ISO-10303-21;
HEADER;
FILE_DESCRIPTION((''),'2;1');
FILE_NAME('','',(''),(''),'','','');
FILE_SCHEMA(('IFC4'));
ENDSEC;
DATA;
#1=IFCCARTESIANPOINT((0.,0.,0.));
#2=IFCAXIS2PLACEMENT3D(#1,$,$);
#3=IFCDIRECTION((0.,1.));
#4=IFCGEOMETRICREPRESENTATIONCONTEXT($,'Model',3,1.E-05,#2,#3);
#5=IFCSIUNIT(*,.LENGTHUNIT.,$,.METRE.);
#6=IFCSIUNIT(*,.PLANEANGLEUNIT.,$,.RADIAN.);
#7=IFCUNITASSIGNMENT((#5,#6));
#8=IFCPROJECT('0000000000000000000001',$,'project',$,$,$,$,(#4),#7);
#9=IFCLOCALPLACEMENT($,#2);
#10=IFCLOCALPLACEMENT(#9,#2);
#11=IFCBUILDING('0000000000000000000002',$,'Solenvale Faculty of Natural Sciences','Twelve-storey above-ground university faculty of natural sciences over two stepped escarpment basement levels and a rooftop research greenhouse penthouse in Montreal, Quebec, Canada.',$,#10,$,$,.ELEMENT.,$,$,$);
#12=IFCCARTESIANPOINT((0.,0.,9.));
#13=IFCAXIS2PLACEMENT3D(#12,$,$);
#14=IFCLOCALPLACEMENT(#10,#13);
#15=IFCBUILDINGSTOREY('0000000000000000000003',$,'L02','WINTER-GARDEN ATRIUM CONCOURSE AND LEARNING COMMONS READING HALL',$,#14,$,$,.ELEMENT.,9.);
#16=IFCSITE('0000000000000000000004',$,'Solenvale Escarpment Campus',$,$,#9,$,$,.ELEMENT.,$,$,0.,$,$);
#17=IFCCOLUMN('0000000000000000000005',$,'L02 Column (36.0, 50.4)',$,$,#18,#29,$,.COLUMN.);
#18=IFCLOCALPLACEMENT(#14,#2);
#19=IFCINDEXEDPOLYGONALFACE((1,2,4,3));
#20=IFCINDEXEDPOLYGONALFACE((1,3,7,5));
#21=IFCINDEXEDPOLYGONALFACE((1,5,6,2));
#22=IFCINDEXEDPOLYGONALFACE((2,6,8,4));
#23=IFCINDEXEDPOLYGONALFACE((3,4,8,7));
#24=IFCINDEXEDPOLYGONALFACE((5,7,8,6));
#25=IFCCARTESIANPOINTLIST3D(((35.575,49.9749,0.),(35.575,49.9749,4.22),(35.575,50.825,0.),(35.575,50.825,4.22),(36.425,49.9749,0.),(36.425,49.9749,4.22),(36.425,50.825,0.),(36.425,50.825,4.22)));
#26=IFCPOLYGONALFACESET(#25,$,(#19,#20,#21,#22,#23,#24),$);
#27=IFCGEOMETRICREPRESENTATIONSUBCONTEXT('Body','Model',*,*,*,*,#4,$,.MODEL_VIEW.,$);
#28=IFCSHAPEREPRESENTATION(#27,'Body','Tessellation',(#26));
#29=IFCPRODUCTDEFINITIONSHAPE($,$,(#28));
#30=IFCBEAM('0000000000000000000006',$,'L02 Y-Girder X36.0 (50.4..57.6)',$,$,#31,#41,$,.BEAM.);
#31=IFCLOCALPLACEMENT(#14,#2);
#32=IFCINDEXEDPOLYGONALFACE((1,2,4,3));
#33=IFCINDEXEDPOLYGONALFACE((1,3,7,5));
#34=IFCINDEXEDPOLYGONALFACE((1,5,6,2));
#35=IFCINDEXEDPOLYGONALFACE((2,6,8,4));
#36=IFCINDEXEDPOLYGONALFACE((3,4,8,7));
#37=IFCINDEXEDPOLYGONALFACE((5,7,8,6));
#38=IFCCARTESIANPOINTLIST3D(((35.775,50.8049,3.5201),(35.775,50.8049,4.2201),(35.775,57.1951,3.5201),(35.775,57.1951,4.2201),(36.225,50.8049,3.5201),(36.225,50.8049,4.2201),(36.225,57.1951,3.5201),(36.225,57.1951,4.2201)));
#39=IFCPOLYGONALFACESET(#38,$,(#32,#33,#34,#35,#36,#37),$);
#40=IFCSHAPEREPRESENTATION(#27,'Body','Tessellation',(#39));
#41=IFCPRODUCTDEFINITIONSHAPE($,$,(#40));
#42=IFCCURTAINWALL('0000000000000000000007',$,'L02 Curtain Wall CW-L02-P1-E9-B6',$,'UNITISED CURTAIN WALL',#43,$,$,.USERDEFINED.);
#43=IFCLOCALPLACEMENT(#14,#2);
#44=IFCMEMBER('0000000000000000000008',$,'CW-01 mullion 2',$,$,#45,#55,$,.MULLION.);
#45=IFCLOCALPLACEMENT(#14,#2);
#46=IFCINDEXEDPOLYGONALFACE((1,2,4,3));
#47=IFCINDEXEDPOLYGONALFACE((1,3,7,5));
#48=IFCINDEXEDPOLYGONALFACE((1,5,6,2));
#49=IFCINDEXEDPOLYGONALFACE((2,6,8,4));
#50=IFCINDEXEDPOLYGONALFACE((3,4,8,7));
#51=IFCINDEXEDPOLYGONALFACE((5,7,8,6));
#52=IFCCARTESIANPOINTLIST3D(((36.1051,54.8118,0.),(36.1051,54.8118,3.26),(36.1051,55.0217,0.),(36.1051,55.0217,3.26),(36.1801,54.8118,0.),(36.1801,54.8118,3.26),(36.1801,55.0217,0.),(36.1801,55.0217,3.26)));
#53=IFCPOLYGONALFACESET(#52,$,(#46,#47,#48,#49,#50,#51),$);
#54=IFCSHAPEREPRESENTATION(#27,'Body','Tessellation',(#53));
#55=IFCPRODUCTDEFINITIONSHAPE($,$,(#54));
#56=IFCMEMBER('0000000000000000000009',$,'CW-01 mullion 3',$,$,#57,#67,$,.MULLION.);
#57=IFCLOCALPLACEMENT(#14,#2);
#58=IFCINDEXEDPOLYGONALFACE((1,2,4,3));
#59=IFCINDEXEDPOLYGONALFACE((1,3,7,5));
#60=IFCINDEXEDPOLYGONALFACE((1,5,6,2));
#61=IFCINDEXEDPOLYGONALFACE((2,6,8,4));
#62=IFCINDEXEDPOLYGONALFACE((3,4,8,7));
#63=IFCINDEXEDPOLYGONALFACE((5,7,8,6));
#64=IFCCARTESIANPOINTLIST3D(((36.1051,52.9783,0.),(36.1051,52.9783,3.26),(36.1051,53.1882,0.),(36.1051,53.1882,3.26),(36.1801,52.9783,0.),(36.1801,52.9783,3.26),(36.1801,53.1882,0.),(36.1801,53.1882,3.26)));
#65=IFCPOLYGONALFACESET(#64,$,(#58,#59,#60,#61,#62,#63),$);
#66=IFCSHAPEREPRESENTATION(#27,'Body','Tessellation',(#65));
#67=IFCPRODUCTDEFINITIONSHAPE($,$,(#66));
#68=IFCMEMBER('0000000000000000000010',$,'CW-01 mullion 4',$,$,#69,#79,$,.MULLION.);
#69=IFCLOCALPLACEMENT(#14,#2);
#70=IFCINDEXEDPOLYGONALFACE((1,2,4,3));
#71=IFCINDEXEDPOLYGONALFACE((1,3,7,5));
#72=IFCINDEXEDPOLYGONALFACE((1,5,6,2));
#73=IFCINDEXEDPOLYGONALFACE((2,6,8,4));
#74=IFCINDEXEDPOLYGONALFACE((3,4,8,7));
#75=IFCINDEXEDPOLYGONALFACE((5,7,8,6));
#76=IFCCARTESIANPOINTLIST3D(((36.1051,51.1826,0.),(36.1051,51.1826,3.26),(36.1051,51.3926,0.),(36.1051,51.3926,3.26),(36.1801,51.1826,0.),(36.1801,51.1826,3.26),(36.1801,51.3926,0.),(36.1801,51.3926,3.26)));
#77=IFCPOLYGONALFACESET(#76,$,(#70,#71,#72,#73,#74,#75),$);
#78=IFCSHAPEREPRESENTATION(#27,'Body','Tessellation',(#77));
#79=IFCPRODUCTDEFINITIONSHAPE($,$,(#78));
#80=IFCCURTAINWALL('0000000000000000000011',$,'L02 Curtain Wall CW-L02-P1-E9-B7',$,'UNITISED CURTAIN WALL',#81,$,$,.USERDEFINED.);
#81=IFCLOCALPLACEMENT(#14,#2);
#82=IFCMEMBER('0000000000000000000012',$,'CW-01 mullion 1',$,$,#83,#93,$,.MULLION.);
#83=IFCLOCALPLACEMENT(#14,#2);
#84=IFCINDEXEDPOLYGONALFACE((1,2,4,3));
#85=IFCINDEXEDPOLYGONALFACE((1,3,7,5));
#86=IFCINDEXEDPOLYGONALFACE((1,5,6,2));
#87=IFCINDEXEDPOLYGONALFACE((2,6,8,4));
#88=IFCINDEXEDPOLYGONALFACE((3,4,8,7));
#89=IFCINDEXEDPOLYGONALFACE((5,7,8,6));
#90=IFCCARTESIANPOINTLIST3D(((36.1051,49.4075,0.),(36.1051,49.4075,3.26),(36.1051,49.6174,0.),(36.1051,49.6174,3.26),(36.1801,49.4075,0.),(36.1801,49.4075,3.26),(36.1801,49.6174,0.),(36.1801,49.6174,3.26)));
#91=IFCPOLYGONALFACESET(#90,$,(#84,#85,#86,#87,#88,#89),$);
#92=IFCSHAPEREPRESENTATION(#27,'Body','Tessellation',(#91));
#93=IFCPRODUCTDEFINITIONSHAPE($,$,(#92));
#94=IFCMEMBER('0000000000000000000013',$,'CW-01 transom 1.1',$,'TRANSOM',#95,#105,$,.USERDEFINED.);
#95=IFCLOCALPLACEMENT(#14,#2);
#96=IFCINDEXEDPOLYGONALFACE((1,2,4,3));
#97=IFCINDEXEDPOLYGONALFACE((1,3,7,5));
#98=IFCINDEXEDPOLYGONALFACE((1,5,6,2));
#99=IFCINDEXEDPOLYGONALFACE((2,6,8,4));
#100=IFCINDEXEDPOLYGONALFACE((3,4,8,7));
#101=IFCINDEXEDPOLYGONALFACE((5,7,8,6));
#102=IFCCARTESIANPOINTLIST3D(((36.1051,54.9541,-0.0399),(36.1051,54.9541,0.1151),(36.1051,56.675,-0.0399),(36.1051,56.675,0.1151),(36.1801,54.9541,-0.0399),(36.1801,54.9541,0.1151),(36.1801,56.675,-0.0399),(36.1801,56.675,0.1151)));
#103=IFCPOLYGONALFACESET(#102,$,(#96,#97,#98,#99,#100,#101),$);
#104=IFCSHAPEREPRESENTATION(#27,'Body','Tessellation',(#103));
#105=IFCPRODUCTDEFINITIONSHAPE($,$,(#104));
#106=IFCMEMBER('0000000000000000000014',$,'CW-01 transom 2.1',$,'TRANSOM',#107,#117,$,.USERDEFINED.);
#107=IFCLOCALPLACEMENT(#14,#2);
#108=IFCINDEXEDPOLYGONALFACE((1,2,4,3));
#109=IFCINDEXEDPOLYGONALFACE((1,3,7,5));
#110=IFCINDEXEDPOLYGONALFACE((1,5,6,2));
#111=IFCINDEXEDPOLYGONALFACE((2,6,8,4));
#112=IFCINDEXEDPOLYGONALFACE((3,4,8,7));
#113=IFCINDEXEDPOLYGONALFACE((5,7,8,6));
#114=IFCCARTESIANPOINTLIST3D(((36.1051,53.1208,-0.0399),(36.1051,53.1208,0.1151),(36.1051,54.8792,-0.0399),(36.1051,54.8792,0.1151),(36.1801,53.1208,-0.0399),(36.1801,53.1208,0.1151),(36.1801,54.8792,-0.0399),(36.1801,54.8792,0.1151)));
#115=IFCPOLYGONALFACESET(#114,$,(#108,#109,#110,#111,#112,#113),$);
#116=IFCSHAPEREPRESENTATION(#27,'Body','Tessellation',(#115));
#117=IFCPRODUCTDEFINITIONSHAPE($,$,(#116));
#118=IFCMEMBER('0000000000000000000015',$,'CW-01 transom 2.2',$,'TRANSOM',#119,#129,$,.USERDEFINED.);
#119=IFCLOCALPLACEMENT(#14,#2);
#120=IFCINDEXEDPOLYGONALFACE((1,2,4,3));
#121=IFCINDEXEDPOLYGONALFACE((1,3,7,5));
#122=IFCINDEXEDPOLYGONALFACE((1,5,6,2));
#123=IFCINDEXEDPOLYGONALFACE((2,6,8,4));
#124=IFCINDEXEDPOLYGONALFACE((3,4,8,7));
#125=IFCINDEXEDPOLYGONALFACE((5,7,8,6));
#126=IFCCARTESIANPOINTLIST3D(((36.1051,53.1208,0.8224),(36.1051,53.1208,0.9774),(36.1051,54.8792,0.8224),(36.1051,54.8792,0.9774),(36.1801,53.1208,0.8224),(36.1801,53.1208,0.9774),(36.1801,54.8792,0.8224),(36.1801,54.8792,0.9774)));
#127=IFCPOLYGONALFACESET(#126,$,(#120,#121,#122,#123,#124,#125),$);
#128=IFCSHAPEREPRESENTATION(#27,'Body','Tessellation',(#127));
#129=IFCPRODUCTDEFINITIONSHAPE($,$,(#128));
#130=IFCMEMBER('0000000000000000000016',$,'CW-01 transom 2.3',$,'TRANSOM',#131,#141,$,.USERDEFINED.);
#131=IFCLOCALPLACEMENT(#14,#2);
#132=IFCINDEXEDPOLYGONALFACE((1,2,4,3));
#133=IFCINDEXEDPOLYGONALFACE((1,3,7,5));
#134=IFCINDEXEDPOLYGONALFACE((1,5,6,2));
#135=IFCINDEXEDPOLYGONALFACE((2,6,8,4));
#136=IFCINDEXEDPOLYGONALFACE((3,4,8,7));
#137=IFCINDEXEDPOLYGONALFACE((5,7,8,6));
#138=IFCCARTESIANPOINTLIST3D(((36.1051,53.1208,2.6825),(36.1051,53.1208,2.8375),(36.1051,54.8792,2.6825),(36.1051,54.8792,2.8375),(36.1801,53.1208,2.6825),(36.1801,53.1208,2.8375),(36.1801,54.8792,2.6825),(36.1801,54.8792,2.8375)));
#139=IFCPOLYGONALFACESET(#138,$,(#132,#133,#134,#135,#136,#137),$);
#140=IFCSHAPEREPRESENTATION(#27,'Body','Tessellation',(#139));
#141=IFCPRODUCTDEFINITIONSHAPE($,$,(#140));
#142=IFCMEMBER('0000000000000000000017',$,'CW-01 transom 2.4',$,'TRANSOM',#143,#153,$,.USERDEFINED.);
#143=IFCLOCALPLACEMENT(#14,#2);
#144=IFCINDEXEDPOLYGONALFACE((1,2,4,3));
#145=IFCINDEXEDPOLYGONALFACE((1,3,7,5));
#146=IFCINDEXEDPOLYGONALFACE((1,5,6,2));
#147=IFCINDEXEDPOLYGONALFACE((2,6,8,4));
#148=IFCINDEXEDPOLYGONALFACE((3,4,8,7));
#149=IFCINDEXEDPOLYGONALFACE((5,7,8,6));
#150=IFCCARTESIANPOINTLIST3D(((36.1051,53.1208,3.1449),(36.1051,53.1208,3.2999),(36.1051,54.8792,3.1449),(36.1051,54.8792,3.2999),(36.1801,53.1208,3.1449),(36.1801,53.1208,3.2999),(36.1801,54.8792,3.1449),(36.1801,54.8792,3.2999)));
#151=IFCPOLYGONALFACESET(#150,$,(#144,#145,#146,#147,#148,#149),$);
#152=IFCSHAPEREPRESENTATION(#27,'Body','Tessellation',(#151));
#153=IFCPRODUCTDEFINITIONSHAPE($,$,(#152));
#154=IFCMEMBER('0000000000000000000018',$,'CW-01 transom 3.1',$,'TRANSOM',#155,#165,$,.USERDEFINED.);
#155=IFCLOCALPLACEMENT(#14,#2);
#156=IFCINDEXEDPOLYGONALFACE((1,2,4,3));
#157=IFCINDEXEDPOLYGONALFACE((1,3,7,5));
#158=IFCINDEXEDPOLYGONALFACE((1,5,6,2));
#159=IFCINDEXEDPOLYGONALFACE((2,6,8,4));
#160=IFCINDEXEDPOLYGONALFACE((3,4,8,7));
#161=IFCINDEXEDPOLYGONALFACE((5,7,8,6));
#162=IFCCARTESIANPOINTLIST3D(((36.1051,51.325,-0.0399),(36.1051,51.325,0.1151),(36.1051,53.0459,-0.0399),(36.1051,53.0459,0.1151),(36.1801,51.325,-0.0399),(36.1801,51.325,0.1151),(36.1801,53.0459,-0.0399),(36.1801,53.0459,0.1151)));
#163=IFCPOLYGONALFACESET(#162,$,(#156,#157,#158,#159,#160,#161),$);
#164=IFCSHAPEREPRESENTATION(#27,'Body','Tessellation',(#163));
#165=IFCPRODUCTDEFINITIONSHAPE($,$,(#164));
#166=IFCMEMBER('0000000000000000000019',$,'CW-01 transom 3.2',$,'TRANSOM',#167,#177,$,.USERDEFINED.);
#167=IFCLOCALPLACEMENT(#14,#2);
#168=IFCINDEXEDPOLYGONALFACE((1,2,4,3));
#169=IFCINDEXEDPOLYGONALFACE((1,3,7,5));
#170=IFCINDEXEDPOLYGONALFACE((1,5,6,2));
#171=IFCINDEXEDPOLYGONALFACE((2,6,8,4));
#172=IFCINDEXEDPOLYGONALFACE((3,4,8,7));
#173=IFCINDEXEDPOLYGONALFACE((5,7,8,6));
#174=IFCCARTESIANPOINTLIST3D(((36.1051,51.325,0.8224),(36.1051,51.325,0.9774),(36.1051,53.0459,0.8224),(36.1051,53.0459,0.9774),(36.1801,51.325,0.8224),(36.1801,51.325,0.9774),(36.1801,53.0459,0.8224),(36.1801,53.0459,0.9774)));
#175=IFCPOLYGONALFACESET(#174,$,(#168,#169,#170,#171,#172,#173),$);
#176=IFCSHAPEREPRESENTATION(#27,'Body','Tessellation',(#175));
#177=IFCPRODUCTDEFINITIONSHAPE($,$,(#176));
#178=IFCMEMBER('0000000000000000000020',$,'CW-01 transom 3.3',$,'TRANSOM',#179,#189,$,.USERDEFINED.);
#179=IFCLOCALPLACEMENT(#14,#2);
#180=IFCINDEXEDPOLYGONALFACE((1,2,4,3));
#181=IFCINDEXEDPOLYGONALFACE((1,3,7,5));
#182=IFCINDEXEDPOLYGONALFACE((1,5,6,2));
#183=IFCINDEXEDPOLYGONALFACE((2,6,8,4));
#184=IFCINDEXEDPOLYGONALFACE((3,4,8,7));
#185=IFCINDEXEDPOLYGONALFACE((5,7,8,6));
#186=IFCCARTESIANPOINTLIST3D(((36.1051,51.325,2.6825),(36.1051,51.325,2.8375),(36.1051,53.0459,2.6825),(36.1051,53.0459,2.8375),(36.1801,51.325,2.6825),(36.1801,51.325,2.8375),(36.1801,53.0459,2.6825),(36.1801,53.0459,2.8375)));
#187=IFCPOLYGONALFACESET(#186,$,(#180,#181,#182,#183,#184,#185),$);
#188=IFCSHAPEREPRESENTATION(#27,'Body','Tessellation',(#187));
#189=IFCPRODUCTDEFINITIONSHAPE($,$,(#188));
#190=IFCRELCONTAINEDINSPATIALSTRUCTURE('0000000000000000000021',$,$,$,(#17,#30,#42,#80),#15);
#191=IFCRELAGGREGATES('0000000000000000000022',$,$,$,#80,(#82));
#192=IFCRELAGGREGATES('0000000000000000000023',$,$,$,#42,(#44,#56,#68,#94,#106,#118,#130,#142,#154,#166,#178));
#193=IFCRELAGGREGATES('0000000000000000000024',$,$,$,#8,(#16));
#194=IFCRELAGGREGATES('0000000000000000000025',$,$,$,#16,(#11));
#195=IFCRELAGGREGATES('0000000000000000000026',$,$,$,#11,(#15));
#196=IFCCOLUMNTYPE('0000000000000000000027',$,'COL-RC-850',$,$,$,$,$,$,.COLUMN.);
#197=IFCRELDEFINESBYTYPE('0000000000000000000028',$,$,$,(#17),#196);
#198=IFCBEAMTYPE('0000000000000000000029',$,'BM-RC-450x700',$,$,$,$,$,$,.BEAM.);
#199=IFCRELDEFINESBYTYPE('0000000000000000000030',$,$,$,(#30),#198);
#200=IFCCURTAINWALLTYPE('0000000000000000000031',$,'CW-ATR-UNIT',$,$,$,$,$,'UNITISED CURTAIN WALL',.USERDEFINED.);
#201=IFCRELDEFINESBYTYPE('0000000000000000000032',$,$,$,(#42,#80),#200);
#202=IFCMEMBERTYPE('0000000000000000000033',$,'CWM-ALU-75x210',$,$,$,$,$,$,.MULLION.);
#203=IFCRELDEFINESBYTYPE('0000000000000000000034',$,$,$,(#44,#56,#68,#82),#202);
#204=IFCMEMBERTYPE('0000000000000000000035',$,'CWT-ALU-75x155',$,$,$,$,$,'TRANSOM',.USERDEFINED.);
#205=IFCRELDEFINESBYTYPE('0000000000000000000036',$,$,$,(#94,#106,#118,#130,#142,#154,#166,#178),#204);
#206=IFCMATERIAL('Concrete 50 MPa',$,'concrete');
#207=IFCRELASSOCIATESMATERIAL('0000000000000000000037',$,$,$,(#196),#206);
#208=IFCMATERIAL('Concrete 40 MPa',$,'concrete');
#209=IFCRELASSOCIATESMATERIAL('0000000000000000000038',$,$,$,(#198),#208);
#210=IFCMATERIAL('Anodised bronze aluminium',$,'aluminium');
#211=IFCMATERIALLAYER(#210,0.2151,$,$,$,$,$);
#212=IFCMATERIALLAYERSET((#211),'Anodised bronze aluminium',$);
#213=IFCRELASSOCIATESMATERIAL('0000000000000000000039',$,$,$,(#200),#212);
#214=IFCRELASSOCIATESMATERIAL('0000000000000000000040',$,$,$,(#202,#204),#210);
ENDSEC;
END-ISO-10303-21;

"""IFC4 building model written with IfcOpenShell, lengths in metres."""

from ifc_helpers import new_model, si_unit, direction, frame, origin, origin_2d, place, context, subcontext, project, spatial, rectangle, extrude, material, layer, layer_set, material_profile, profile_set, type_object, element, aggregate, save


model = new_model("IFC4")

# Units and contexts
model_context = context("Model", 3, precision=1e-05, world=origin(), true_north=direction((0.0, 1.0)))
body_context = subcontext(model_context, "Body", "Model", "MODEL_VIEW")
ifc_project = project(units=[si_unit("LENGTHUNIT", "METRE"), si_unit("PLANEANGLEUNIT", "RADIAN")], contexts=[model_context])

# Site, building, storey
site_placement = place(None, origin())
site = spatial("IfcSite", under=ifc_project, at=site_placement, Name="Solenvale Escarpment Campus", CompositionType="ELEMENT", RefElevation=0.0)
building_placement = place(site_placement, origin())
building = spatial("IfcBuilding", under=site, at=building_placement, Name="Solenvale Faculty of Natural Sciences", Description="Twelve-storey above-ground university faculty of natural sciences over two stepped escarpment basement levels and a rooftop research greenhouse penthouse in Montreal, Quebec, Canada.", CompositionType="ELEMENT")
storey_placement = place(building_placement, frame((0.0, 0.0, 9.0)))
storey = spatial("IfcBuildingStorey", under=building, at=storey_placement, Name="L02", Description="WINTER-GARDEN ATRIUM CONCOURSE AND LEARNING COMMONS READING HALL", CompositionType="ELEMENT", Elevation=9.0)

# Column
ifc_material_1 = material(Name="Concrete 50 MPa", Category="concrete")
ifc_material_profile_1 = material_profile(ifc_material_1, rectangle(XDim=0.8501, YDim=0.8501, at=origin_2d()), Name="RC-COL-850x850")
ifc_profile_set_1 = profile_set([ifc_material_profile_1], Name="Concrete 50 MPa")
column_type = type_object("IfcColumnType", Name="COL-RC-850", PredefinedType="COLUMN", material=ifc_profile_set_1)
column_placement = place(storey_placement, frame((36.0, 50.3999, 0.0), z_axis=(0.0, 0.0, 1.0), x_axis=(1.0, 0.0, 0.0)))
element("IfcColumn", 1, at=column_placement, inside=storey, type_object=column_type, Name="L02 Column (36.0, 50.4)", PredefinedType="COLUMN", context=body_context, shape_type="SweptSolid", body=[
    extrude(rectangle(XDim=0.8501, YDim=0.8501, at=origin_2d()), origin(), (0.0, 0.0, 1.0), 4.22),
])

# Beam
ifc_material_2 = material(Name="Concrete 40 MPa", Category="concrete")
ifc_material_profile_2 = material_profile(ifc_material_2, rectangle(XDim=0.45, YDim=0.7, at=origin_2d()), Name="RC-BM-450x700")
ifc_profile_set_2 = profile_set([ifc_material_profile_2], Name="Concrete 40 MPa")
beam_type = type_object("IfcBeamType", Name="BM-RC-450x700", PredefinedType="BEAM", material=ifc_profile_set_2)
beam_placement = place(storey_placement, frame((36.0, 50.8049, 3.8701), z_axis=(0.0, 1.0, 0.0), x_axis=(-1.0, 0.0, 0.0)))
element("IfcBeam", 2, at=beam_placement, inside=storey, type_object=beam_type, Name="L02 Y-Girder X36.0 (50.4..57.6)", PredefinedType="BEAM", context=body_context, shape_type="SweptSolid", body=[
    extrude(rectangle(XDim=0.45, YDim=0.7, at=origin_2d()), origin(), (0.0, 0.0, 1.0), 6.3901),
])

# Curtain wall, members
ifc_material_3 = material(Name="Anodised bronze aluminium", Category="aluminium")
ifc_layer_1 = layer(ifc_material_3, 0.2151)
ifc_layer_set_1 = layer_set([ifc_layer_1], Name="Anodised bronze aluminium")
curtain_wall_type = type_object("IfcCurtainWallType", Name="CW-ATR-UNIT", ElementType="UNITISED CURTAIN WALL", PredefinedType="USERDEFINED", material=ifc_layer_set_1)
curtain_wall_1_placement = place(storey_placement, origin())
curtain_wall_1 = element("IfcCurtainWall", 3, at=curtain_wall_1_placement, inside=storey, type_object=curtain_wall_type, Name="L02 Curtain Wall CW-L02-P1-E9-B6", ObjectType="UNITISED CURTAIN WALL", PredefinedType="USERDEFINED")
ifc_material_profile_3 = material_profile(ifc_material_3, rectangle(XDim=0.075, YDim=0.21, at=origin_2d()), Name="ALU-MUL-75x210")
ifc_profile_set_3 = profile_set([ifc_material_profile_3], Name="Anodised bronze aluminium")
member_type_1 = type_object("IfcMemberType", Name="CWM-ALU-75x210", PredefinedType="MULLION", material=ifc_profile_set_3)
member_1_placement = place(storey_placement, frame((36.1426, 54.9167, 0.0), z_axis=(0.0, 0.0, 1.0), x_axis=(1.0, 0.0, 0.0)))
member_1 = element("IfcMember", 4, at=member_1_placement, type_object=member_type_1, Name="CW-01 mullion 2", PredefinedType="MULLION", context=body_context, shape_type="SweptSolid", body=[
    extrude(rectangle(XDim=0.075, YDim=0.21, at=origin_2d()), origin(), (0.0, 0.0, 1.0), 3.26),
])
member_2_placement = place(storey_placement, frame((36.1426, 53.0833, 0.0), z_axis=(0.0, 0.0, 1.0), x_axis=(1.0, 0.0, 0.0)))
member_2 = element("IfcMember", 5, at=member_2_placement, type_object=member_type_1, Name="CW-01 mullion 3", PredefinedType="MULLION", context=body_context, shape_type="SweptSolid", body=[
    extrude(rectangle(XDim=0.075, YDim=0.21, at=origin_2d()), origin(), (0.0, 0.0, 1.0), 3.26),
])
member_3_placement = place(storey_placement, frame((36.1426, 51.2876, 0.0), z_axis=(0.0, 0.0, 1.0), x_axis=(1.0, 0.0, 0.0)))
member_3 = element("IfcMember", 6, at=member_3_placement, type_object=member_type_1, Name="CW-01 mullion 4", PredefinedType="MULLION", context=body_context, shape_type="SweptSolid", body=[
    extrude(rectangle(XDim=0.075, YDim=0.21, at=origin_2d()), origin(), (0.0, 0.0, 1.0), 3.26),
])

# Curtain wall, member
curtain_wall_2_placement = place(storey_placement, origin())
curtain_wall_2 = element("IfcCurtainWall", 7, at=curtain_wall_2_placement, inside=storey, type_object=curtain_wall_type, Name="L02 Curtain Wall CW-L02-P1-E9-B7", ObjectType="UNITISED CURTAIN WALL", PredefinedType="USERDEFINED")
member_4_placement = place(storey_placement, frame((36.1426, 49.5125, 0.0), z_axis=(0.0, 0.0, 1.0), x_axis=(1.0, 0.0, 0.0)))
member_4 = element("IfcMember", 8, at=member_4_placement, type_object=member_type_1, Name="CW-01 mullion 1", PredefinedType="MULLION", context=body_context, shape_type="SweptSolid", body=[
    extrude(rectangle(XDim=0.075, YDim=0.21, at=origin_2d()), origin(), (0.0, 0.0, 1.0), 3.26),
])

# Members
ifc_material_profile_4 = material_profile(ifc_material_3, rectangle(XDim=0.075, YDim=0.155, at=origin_2d()), Name="ALU-TRN-75x155")
ifc_profile_set_4 = profile_set([ifc_material_profile_4], Name="Anodised bronze aluminium")
member_type_2 = type_object("IfcMemberType", Name="CWT-ALU-75x155", ElementType="TRANSOM", PredefinedType="USERDEFINED", material=ifc_profile_set_4)
member_5_placement = place(storey_placement, frame((36.1426, 56.675, 0.0376), z_axis=(0.0, -1.0, 0.0), x_axis=(1.0, 0.0, 0.0)))
member_5 = element("IfcMember", 9, at=member_5_placement, type_object=member_type_2, Name="CW-01 transom 1.1", ObjectType="TRANSOM", PredefinedType="USERDEFINED", context=body_context, shape_type="SweptSolid", body=[
    extrude(rectangle(XDim=0.075, YDim=0.155, at=origin_2d()), origin(), (0.0, 0.0, 1.0), 1.7209),
])
member_6_placement = place(storey_placement, frame((36.1426, 54.8792, 0.0376), z_axis=(0.0, -1.0, 0.0), x_axis=(1.0, 0.0, 0.0)))
member_6 = element("IfcMember", 10, at=member_6_placement, type_object=member_type_2, Name="CW-01 transom 2.1", ObjectType="TRANSOM", PredefinedType="USERDEFINED", context=body_context, shape_type="SweptSolid", body=[
    extrude(rectangle(XDim=0.075, YDim=0.155, at=origin_2d()), origin(), (0.0, 0.0, 1.0), 1.7583),
])
member_7_placement = place(storey_placement, frame((36.1426, 54.8792, 0.8999), z_axis=(0.0, -1.0, 0.0), x_axis=(1.0, 0.0, 0.0)))
member_7 = element("IfcMember", 11, at=member_7_placement, type_object=member_type_2, Name="CW-01 transom 2.2", ObjectType="TRANSOM", PredefinedType="USERDEFINED", context=body_context, shape_type="SweptSolid", body=[
    extrude(rectangle(XDim=0.075, YDim=0.155, at=origin_2d()), origin(), (0.0, 0.0, 1.0), 1.7583),
])
member_8_placement = place(storey_placement, frame((36.1426, 54.8792, 2.76), z_axis=(0.0, -1.0, 0.0), x_axis=(1.0, 0.0, 0.0)))
member_8 = element("IfcMember", 12, at=member_8_placement, type_object=member_type_2, Name="CW-01 transom 2.3", ObjectType="TRANSOM", PredefinedType="USERDEFINED", context=body_context, shape_type="SweptSolid", body=[
    extrude(rectangle(XDim=0.075, YDim=0.155, at=origin_2d()), origin(), (0.0, 0.0, 1.0), 1.7583),
])
member_9_placement = place(storey_placement, frame((36.1426, 54.8792, 3.2224), z_axis=(0.0, -1.0, 0.0), x_axis=(1.0, 0.0, 0.0)))
member_9 = element("IfcMember", 13, at=member_9_placement, type_object=member_type_2, Name="CW-01 transom 2.4", ObjectType="TRANSOM", PredefinedType="USERDEFINED", context=body_context, shape_type="SweptSolid", body=[
    extrude(rectangle(XDim=0.075, YDim=0.155, at=origin_2d()), origin(), (0.0, 0.0, 1.0), 1.7583),
])
member_10_placement = place(storey_placement, frame((36.1426, 53.0459, 0.0376), z_axis=(0.0, -1.0, 0.0), x_axis=(1.0, 0.0, 0.0)))
member_10 = element("IfcMember", 14, at=member_10_placement, type_object=member_type_2, Name="CW-01 transom 3.1", ObjectType="TRANSOM", PredefinedType="USERDEFINED", context=body_context, shape_type="SweptSolid", body=[
    extrude(rectangle(XDim=0.075, YDim=0.155, at=origin_2d()), origin(), (0.0, 0.0, 1.0), 1.7209),
])
member_11_placement = place(storey_placement, frame((36.1426, 53.0459, 0.8999), z_axis=(0.0, -1.0, 0.0), x_axis=(1.0, 0.0, 0.0)))
member_11 = element("IfcMember", 15, at=member_11_placement, type_object=member_type_2, Name="CW-01 transom 3.2", ObjectType="TRANSOM", PredefinedType="USERDEFINED", context=body_context, shape_type="SweptSolid", body=[
    extrude(rectangle(XDim=0.075, YDim=0.155, at=origin_2d()), origin(), (0.0, 0.0, 1.0), 1.7209),
])
member_12_placement = place(storey_placement, frame((36.1426, 53.0459, 2.76), z_axis=(0.0, -1.0, 0.0), x_axis=(1.0, 0.0, 0.0)))
member_12 = element("IfcMember", 16, at=member_12_placement, type_object=member_type_2, Name="CW-01 transom 3.3", ObjectType="TRANSOM", PredefinedType="USERDEFINED", context=body_context, shape_type="SweptSolid", body=[
    extrude(rectangle(XDim=0.075, YDim=0.155, at=origin_2d()), origin(), (0.0, 0.0, 1.0), 1.7209),
])
aggregate(curtain_wall_2, [member_4])

aggregate(curtain_wall_1, [member_1, member_2, member_3, member_5, member_6, member_7, member_8, member_9, member_10, member_11, member_12])

save(model, "model.ifc")
